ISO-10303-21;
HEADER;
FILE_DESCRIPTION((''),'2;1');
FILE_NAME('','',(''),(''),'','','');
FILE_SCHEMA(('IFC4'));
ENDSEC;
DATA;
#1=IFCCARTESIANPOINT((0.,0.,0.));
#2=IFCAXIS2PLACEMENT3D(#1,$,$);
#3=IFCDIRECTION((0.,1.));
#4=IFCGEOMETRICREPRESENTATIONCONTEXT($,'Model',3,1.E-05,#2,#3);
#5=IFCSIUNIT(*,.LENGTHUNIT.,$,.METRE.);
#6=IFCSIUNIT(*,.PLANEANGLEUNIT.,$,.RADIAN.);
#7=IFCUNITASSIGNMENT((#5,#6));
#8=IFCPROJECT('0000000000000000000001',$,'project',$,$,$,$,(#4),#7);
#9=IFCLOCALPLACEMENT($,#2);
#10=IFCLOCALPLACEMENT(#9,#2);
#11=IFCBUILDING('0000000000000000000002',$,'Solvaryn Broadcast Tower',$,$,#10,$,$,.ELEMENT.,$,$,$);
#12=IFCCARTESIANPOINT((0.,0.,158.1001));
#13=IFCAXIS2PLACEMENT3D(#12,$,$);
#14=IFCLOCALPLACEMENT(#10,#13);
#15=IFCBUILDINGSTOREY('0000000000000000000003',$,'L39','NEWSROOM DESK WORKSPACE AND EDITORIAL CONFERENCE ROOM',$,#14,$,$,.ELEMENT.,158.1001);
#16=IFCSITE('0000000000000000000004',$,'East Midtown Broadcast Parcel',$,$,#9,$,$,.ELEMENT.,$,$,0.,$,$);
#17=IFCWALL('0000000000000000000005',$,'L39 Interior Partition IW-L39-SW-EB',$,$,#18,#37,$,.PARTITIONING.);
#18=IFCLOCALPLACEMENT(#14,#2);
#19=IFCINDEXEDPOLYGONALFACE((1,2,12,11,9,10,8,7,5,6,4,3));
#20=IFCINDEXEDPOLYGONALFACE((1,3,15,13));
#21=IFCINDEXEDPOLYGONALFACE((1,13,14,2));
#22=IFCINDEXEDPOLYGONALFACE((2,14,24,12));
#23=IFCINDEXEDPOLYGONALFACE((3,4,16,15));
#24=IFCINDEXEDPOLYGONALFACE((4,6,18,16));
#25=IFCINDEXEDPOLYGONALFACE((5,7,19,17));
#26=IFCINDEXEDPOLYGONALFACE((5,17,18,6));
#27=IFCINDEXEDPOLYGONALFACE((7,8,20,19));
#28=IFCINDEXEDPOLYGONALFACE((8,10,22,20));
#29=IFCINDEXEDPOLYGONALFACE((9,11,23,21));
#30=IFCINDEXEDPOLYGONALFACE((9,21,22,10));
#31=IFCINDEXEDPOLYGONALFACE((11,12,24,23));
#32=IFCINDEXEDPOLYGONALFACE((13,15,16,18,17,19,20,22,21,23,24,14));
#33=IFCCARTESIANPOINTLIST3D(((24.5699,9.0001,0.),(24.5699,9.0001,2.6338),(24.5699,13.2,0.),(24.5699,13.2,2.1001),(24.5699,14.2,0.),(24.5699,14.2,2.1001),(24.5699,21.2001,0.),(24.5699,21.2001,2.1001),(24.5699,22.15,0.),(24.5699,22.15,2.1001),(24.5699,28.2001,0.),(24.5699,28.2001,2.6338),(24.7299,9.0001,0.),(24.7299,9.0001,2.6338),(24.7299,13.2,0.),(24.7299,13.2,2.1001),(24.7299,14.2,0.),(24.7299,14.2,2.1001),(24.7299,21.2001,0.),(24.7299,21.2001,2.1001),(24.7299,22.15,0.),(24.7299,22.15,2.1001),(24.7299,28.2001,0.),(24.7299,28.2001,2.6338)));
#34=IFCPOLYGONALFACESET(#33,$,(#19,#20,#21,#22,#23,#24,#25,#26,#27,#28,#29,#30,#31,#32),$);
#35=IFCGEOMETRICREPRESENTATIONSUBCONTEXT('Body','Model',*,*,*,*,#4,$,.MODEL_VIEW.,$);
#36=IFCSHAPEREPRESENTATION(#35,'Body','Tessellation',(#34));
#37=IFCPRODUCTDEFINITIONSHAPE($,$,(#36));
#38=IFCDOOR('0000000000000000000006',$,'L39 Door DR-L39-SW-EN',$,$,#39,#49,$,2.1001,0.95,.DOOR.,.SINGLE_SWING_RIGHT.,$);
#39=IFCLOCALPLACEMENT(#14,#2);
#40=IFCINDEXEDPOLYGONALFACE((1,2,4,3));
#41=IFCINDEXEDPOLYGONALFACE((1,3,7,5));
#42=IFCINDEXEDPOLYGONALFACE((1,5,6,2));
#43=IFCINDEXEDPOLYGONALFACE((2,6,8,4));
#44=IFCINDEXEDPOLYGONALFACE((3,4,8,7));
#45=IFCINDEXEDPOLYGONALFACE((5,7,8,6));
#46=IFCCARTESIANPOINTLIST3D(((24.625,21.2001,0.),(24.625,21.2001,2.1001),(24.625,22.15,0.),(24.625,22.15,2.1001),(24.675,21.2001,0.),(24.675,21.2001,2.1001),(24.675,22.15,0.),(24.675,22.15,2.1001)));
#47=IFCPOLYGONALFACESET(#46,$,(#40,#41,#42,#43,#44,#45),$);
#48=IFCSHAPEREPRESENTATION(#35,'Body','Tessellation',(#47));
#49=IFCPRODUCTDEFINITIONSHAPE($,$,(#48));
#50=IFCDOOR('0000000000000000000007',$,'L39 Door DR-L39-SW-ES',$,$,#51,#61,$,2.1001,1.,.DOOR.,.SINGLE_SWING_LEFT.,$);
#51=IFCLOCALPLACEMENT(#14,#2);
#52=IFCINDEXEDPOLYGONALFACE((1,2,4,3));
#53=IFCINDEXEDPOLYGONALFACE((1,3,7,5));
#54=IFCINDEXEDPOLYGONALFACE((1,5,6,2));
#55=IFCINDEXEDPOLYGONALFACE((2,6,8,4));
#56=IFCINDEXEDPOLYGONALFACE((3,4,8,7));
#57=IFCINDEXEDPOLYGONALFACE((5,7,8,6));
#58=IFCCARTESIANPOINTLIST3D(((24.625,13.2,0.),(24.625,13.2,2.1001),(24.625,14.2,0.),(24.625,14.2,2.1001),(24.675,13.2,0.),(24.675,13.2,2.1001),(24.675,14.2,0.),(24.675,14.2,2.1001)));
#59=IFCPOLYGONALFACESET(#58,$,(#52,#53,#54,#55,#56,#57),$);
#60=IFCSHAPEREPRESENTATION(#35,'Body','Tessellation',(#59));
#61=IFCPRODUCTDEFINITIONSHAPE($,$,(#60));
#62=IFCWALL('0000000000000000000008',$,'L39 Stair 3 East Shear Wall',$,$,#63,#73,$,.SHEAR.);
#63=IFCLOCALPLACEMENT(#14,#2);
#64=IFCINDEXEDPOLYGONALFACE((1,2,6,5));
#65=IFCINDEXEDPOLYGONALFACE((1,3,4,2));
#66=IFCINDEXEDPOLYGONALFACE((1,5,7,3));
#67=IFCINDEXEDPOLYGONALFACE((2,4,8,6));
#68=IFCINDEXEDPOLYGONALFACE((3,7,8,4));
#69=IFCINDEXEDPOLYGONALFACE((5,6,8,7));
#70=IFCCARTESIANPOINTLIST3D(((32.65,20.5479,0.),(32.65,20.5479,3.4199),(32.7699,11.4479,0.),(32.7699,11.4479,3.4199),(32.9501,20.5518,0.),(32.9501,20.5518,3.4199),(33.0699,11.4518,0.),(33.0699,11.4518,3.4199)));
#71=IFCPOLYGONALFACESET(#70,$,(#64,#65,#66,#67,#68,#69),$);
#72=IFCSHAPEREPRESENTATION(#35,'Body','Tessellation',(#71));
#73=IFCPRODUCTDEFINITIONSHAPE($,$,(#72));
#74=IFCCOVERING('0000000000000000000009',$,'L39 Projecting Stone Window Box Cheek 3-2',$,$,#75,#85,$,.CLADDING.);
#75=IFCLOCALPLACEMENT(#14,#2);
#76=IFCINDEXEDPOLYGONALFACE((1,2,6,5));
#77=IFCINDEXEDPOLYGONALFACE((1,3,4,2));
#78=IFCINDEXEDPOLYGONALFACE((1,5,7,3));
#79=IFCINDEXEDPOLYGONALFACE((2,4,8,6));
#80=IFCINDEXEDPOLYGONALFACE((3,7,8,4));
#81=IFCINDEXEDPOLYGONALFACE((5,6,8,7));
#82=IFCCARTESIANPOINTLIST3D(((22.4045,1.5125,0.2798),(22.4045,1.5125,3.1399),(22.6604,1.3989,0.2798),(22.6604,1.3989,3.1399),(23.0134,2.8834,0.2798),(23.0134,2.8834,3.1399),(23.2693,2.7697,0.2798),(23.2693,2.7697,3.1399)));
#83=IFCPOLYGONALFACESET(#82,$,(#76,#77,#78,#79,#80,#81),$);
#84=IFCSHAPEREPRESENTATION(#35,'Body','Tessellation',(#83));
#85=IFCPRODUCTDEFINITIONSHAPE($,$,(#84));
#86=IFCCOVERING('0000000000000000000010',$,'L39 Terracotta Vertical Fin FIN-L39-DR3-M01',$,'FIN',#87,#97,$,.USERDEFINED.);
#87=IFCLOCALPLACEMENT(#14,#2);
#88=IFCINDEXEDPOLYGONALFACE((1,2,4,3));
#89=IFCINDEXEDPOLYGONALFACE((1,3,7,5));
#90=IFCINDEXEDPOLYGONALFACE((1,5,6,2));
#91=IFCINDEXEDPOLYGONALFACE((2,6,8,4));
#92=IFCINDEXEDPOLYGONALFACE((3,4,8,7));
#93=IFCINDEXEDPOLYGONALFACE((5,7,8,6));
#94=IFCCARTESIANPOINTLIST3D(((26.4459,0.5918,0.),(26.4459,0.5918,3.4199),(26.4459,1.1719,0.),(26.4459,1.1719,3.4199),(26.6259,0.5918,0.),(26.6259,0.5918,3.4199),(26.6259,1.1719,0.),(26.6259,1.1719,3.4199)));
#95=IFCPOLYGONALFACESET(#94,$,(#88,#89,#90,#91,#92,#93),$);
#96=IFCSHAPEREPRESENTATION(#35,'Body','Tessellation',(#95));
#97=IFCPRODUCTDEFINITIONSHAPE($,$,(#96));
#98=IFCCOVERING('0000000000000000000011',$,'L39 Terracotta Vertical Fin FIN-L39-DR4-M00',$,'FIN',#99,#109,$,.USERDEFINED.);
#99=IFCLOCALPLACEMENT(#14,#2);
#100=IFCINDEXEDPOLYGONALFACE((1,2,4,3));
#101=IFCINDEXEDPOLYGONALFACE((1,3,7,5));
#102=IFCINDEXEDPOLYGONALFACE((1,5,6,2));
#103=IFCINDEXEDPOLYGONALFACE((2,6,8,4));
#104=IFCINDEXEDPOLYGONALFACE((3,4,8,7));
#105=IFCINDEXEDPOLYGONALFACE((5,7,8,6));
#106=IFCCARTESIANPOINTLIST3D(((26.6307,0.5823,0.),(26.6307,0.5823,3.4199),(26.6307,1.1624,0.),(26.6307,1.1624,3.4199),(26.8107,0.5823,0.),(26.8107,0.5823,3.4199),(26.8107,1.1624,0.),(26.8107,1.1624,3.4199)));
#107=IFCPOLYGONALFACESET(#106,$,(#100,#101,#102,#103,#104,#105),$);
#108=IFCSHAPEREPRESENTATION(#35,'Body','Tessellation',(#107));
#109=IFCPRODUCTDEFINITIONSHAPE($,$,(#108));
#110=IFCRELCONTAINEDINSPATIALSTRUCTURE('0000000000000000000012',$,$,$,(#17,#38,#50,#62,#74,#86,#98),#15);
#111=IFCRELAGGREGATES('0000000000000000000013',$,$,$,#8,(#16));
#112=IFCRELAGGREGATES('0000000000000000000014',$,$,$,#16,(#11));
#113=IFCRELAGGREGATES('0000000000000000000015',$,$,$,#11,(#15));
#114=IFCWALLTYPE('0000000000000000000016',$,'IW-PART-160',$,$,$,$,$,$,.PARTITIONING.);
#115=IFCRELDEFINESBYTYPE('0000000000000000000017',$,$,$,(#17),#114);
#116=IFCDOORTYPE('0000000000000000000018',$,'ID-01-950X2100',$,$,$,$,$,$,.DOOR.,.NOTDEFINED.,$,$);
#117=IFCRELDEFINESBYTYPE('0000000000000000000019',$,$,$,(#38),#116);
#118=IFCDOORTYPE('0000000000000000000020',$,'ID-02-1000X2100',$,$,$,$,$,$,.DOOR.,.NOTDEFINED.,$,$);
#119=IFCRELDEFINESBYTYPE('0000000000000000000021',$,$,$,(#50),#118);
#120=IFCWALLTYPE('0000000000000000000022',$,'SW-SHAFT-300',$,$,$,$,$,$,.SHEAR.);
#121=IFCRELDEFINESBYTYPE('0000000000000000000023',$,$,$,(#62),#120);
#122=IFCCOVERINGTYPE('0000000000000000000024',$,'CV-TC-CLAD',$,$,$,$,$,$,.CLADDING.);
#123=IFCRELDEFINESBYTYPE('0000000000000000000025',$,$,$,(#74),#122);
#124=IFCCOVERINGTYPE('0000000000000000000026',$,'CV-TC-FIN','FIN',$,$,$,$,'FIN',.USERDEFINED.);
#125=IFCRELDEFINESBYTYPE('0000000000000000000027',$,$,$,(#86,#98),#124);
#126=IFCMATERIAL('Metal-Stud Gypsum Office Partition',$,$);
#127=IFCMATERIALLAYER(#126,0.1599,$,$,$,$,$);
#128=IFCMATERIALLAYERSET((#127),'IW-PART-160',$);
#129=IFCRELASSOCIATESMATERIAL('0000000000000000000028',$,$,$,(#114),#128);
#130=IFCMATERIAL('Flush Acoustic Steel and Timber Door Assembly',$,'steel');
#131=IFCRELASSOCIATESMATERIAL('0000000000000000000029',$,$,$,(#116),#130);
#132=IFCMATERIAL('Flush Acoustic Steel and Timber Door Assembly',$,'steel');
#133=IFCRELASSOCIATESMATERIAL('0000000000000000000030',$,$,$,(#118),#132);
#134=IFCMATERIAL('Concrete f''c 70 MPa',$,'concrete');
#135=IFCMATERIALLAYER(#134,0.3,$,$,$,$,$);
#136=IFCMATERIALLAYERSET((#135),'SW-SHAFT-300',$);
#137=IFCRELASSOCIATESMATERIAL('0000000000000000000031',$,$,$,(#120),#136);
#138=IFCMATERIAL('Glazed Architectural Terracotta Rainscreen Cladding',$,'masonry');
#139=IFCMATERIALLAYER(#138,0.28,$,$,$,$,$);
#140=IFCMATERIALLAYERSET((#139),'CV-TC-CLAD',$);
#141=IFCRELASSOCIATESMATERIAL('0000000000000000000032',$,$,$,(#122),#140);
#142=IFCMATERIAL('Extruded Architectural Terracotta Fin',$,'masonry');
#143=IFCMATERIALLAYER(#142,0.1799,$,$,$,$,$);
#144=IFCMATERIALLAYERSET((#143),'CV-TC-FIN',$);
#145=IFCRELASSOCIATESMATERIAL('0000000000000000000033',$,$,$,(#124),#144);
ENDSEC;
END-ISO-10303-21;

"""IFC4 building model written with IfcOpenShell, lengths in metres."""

from ifc_helpers import new_model, si_unit, direction, frame, frame_2d, origin, origin_2d, place, context, subcontext, project, spatial, rectangle, extrude, material, layer, layer_set, type_object, element, fill, save


model = new_model("IFC4")

# Units and contexts
model_context = context("Model", 3, precision=1e-05, world=origin(), true_north=direction((0.0, 1.0)))
body_context = subcontext(model_context, "Body", "Model", "MODEL_VIEW")
ifc_project = project(units=[si_unit("LENGTHUNIT", "METRE"), si_unit("PLANEANGLEUNIT", "RADIAN")], contexts=[model_context])

# Site, building, storey
site_placement = place(None, origin())
site = spatial("IfcSite", under=ifc_project, at=site_placement, Name="East Midtown Broadcast Parcel", CompositionType="ELEMENT", RefElevation=0.0)
building_placement = place(site_placement, origin())
building = spatial("IfcBuilding", under=site, at=building_placement, Name="Solvaryn Broadcast Tower", CompositionType="ELEMENT")
storey_placement = place(building_placement, frame((0.0, 0.0, 158.1001)))
storey = spatial("IfcBuildingStorey", under=building, at=storey_placement, Name="L39", Description="NEWSROOM DESK WORKSPACE AND EDITORIAL CONFERENCE ROOM", CompositionType="ELEMENT", Elevation=158.1001)

# Wall, openings, doors
ifc_material_1 = material(Name="Metal-Stud Gypsum Office Partition")
ifc_layer_1 = layer(ifc_material_1, 0.1599)
ifc_layer_set_1 = layer_set([ifc_layer_1], Name="IW-PART-160")
wall_type_1 = type_object("IfcWallType", Name="IW-PART-160", PredefinedType="PARTITIONING", material=ifc_layer_set_1)
wall_1_placement = place(storey_placement, frame((24.6499, 9.0, 0.0), z_axis=(0.0, 0.0, 1.0), x_axis=(0.0, 1.0, 0.0)))
wall_1 = element("IfcWall", 1, at=wall_1_placement, inside=storey, type_object=wall_type_1, Name="L39 Interior Partition IW-L39-SW-EB", PredefinedType="PARTITIONING", context=body_context, shape_type="SweptSolid", body=[
    extrude(rectangle(XDim=19.2, YDim=0.1599, at=frame_2d((9.6001, 0.0))), origin(), (0.0, 0.0, 1.0), 2.6338),
])
opening_1_placement = place(wall_1_placement, frame((12.2, 0.0, 0.0)))
opening_1 = element("IfcOpeningElement", 2, at=opening_1_placement, cuts=wall_1, PredefinedType="OPENING", context=body_context, shape_type="SweptSolid", body=[
    extrude(rectangle(XDim=0.95, YDim=2.1001, at=frame_2d((0.4751, 1.05))), frame((0.0, 0.0901, 0.0), z_axis=(0.0, -1.0, 0.0), x_axis=(1.0, 0.0, 0.0)), (0.0, 0.0, 1.0), 0.1799),
])
opening_2_placement = place(wall_1_placement, frame((4.2, 0.0, 0.0)))
opening_2 = element("IfcOpeningElement", 3, at=opening_2_placement, cuts=wall_1, PredefinedType="OPENING", context=body_context, shape_type="SweptSolid", body=[
    extrude(rectangle(XDim=1.0, YDim=2.1001, at=frame_2d((0.5, 1.05))), frame((0.0, 0.0901, 0.0), z_axis=(0.0, -1.0, 0.0), x_axis=(1.0, 0.0, 0.0)), (0.0, 0.0, 1.0), 0.1799),
])
ifc_material_2 = material(Name="Flush Acoustic Steel and Timber Door Assembly", Category="steel")
door_type_1 = type_object("IfcDoorType", Name="ID-01-950X2100", OperationType="NOTDEFINED", PredefinedType="DOOR", material=ifc_material_2)
door_1_placement = place(opening_1_placement, origin())
door_1 = element("IfcDoor", 4, at=door_1_placement, inside=storey, type_object=door_type_1, Name="L39 Door DR-L39-SW-EN", OperationType="SINGLE_SWING_RIGHT", OverallHeight=2.1001, OverallWidth=0.95, PredefinedType="DOOR", context=body_context, shape_type="SweptSolid", body=[
    extrude(rectangle(XDim=0.95, YDim=2.1001, at=frame_2d((0.4751, 1.05))), frame((0.0, 0.0249, 0.0), z_axis=(0.0, -1.0, 0.0), x_axis=(1.0, 0.0, 0.0)), (0.0, 0.0, 1.0), 0.05),
])
fill(opening_1, door_1)
ifc_material_3 = material(Name="Flush Acoustic Steel and Timber Door Assembly", Category="steel")
door_type_2 = type_object("IfcDoorType", Name="ID-02-1000X2100", OperationType="NOTDEFINED", PredefinedType="DOOR", material=ifc_material_3)
door_2_placement = place(opening_2_placement, origin())
door_2 = element("IfcDoor", 5, at=door_2_placement, inside=storey, type_object=door_type_2, Name="L39 Door DR-L39-SW-ES", OperationType="SINGLE_SWING_LEFT", OverallHeight=2.1001, OverallWidth=1.0, PredefinedType="DOOR", context=body_context, shape_type="SweptSolid", body=[
    extrude(rectangle(XDim=1.0, YDim=2.1001, at=frame_2d((0.5, 1.05))), frame((0.0, 0.0249, 0.0), z_axis=(0.0, -1.0, 0.0), x_axis=(1.0, 0.0, 0.0)), (0.0, 0.0, 1.0), 0.05),
])
fill(opening_2, door_2)

# Wall
ifc_material_4 = material(Name="Concrete f'c 70 MPa", Category="concrete")
ifc_layer_2 = layer(ifc_material_4, 0.3)
ifc_layer_set_2 = layer_set([ifc_layer_2], Name="SW-SHAFT-300")
wall_type_2 = type_object("IfcWallType", Name="SW-SHAFT-300", PredefinedType="SHEAR", material=ifc_layer_set_2)
wall_2_placement = place(storey_placement, frame((32.9199, 11.45, 0.0), z_axis=(0.0, 0.0, 1.0), x_axis=(-0.013172, 0.999913, 0.0)))
element("IfcWall", 6, at=wall_2_placement, inside=storey, type_object=wall_type_2, Name="L39 Stair 3 East Shear Wall", PredefinedType="SHEAR", context=body_context, shape_type="SweptSolid", body=[
    extrude(rectangle(XDim=9.1008, YDim=0.3, at=frame_2d((4.5503, 0.0))), origin(), (0.0, 0.0, 1.0), 3.4199),
])

# Coverings
ifc_material_5 = material(Name="Glazed Architectural Terracotta Rainscreen Cladding", Category="masonry")
ifc_layer_3 = layer(ifc_material_5, 0.28)
ifc_layer_set_3 = layer_set([ifc_layer_3], Name="CV-TC-CLAD")
covering_type_1 = type_object("IfcCoveringType", Name="CV-TC-CLAD", PredefinedType="CLADDING", material=ifc_layer_set_3)
covering_placement = place(storey_placement, frame((22.8369, 2.1411, 0.2798), z_axis=(0.0, 0.0, 1.0), x_axis=(0.9139, -0.405939, 0.0)))
element("IfcCovering", 7, at=covering_placement, inside=storey, type_object=covering_type_1, Name="L39 Projecting Stone Window Box Cheek 3-2", PredefinedType="CLADDING", context=body_context, shape_type="SweptSolid", body=[
    extrude(rectangle(XDim=0.28, YDim=1.5, at=origin_2d()), origin(), (0.0, 0.0, 1.0), 2.8601),
])
ifc_material_6 = material(Name="Extruded Architectural Terracotta Fin", Category="masonry")
ifc_layer_4 = layer(ifc_material_6, 0.1799)
ifc_layer_set_4 = layer_set([ifc_layer_4], Name="CV-TC-FIN")
covering_type_2 = type_object("IfcCoveringType", Name="CV-TC-FIN", Description="FIN", ElementType="FIN", PredefinedType="USERDEFINED", material=ifc_layer_set_4)
for number, where, z_axis, x_axis, name in (
    (8, (26.5359, 0.8818, 0.0), (0.0, 0.0, 1.0), (1.0, 0.0, 0.0), "L39 Terracotta Vertical Fin FIN-L39-DR3-M01"),
    (9, (26.7207, 0.8723, 0.0), (0.0, 0.0, 1.0), (1.0, 0.0, 0.0), "L39 Terracotta Vertical Fin FIN-L39-DR4-M00"),
):
    element("IfcCovering", number, at=place(storey_placement, frame(where, z_axis=z_axis, x_axis=x_axis)), inside=storey, type_object=covering_type_2, Name=name, ObjectType="FIN", PredefinedType="USERDEFINED", context=body_context, shape_type="SweptSolid", body=[
        extrude(rectangle(XDim=0.1799, YDim=0.5801, at=origin_2d()), origin(), (0.0, 0.0, 1.0), 3.4199),
    ])

save(model, "model.ifc")
